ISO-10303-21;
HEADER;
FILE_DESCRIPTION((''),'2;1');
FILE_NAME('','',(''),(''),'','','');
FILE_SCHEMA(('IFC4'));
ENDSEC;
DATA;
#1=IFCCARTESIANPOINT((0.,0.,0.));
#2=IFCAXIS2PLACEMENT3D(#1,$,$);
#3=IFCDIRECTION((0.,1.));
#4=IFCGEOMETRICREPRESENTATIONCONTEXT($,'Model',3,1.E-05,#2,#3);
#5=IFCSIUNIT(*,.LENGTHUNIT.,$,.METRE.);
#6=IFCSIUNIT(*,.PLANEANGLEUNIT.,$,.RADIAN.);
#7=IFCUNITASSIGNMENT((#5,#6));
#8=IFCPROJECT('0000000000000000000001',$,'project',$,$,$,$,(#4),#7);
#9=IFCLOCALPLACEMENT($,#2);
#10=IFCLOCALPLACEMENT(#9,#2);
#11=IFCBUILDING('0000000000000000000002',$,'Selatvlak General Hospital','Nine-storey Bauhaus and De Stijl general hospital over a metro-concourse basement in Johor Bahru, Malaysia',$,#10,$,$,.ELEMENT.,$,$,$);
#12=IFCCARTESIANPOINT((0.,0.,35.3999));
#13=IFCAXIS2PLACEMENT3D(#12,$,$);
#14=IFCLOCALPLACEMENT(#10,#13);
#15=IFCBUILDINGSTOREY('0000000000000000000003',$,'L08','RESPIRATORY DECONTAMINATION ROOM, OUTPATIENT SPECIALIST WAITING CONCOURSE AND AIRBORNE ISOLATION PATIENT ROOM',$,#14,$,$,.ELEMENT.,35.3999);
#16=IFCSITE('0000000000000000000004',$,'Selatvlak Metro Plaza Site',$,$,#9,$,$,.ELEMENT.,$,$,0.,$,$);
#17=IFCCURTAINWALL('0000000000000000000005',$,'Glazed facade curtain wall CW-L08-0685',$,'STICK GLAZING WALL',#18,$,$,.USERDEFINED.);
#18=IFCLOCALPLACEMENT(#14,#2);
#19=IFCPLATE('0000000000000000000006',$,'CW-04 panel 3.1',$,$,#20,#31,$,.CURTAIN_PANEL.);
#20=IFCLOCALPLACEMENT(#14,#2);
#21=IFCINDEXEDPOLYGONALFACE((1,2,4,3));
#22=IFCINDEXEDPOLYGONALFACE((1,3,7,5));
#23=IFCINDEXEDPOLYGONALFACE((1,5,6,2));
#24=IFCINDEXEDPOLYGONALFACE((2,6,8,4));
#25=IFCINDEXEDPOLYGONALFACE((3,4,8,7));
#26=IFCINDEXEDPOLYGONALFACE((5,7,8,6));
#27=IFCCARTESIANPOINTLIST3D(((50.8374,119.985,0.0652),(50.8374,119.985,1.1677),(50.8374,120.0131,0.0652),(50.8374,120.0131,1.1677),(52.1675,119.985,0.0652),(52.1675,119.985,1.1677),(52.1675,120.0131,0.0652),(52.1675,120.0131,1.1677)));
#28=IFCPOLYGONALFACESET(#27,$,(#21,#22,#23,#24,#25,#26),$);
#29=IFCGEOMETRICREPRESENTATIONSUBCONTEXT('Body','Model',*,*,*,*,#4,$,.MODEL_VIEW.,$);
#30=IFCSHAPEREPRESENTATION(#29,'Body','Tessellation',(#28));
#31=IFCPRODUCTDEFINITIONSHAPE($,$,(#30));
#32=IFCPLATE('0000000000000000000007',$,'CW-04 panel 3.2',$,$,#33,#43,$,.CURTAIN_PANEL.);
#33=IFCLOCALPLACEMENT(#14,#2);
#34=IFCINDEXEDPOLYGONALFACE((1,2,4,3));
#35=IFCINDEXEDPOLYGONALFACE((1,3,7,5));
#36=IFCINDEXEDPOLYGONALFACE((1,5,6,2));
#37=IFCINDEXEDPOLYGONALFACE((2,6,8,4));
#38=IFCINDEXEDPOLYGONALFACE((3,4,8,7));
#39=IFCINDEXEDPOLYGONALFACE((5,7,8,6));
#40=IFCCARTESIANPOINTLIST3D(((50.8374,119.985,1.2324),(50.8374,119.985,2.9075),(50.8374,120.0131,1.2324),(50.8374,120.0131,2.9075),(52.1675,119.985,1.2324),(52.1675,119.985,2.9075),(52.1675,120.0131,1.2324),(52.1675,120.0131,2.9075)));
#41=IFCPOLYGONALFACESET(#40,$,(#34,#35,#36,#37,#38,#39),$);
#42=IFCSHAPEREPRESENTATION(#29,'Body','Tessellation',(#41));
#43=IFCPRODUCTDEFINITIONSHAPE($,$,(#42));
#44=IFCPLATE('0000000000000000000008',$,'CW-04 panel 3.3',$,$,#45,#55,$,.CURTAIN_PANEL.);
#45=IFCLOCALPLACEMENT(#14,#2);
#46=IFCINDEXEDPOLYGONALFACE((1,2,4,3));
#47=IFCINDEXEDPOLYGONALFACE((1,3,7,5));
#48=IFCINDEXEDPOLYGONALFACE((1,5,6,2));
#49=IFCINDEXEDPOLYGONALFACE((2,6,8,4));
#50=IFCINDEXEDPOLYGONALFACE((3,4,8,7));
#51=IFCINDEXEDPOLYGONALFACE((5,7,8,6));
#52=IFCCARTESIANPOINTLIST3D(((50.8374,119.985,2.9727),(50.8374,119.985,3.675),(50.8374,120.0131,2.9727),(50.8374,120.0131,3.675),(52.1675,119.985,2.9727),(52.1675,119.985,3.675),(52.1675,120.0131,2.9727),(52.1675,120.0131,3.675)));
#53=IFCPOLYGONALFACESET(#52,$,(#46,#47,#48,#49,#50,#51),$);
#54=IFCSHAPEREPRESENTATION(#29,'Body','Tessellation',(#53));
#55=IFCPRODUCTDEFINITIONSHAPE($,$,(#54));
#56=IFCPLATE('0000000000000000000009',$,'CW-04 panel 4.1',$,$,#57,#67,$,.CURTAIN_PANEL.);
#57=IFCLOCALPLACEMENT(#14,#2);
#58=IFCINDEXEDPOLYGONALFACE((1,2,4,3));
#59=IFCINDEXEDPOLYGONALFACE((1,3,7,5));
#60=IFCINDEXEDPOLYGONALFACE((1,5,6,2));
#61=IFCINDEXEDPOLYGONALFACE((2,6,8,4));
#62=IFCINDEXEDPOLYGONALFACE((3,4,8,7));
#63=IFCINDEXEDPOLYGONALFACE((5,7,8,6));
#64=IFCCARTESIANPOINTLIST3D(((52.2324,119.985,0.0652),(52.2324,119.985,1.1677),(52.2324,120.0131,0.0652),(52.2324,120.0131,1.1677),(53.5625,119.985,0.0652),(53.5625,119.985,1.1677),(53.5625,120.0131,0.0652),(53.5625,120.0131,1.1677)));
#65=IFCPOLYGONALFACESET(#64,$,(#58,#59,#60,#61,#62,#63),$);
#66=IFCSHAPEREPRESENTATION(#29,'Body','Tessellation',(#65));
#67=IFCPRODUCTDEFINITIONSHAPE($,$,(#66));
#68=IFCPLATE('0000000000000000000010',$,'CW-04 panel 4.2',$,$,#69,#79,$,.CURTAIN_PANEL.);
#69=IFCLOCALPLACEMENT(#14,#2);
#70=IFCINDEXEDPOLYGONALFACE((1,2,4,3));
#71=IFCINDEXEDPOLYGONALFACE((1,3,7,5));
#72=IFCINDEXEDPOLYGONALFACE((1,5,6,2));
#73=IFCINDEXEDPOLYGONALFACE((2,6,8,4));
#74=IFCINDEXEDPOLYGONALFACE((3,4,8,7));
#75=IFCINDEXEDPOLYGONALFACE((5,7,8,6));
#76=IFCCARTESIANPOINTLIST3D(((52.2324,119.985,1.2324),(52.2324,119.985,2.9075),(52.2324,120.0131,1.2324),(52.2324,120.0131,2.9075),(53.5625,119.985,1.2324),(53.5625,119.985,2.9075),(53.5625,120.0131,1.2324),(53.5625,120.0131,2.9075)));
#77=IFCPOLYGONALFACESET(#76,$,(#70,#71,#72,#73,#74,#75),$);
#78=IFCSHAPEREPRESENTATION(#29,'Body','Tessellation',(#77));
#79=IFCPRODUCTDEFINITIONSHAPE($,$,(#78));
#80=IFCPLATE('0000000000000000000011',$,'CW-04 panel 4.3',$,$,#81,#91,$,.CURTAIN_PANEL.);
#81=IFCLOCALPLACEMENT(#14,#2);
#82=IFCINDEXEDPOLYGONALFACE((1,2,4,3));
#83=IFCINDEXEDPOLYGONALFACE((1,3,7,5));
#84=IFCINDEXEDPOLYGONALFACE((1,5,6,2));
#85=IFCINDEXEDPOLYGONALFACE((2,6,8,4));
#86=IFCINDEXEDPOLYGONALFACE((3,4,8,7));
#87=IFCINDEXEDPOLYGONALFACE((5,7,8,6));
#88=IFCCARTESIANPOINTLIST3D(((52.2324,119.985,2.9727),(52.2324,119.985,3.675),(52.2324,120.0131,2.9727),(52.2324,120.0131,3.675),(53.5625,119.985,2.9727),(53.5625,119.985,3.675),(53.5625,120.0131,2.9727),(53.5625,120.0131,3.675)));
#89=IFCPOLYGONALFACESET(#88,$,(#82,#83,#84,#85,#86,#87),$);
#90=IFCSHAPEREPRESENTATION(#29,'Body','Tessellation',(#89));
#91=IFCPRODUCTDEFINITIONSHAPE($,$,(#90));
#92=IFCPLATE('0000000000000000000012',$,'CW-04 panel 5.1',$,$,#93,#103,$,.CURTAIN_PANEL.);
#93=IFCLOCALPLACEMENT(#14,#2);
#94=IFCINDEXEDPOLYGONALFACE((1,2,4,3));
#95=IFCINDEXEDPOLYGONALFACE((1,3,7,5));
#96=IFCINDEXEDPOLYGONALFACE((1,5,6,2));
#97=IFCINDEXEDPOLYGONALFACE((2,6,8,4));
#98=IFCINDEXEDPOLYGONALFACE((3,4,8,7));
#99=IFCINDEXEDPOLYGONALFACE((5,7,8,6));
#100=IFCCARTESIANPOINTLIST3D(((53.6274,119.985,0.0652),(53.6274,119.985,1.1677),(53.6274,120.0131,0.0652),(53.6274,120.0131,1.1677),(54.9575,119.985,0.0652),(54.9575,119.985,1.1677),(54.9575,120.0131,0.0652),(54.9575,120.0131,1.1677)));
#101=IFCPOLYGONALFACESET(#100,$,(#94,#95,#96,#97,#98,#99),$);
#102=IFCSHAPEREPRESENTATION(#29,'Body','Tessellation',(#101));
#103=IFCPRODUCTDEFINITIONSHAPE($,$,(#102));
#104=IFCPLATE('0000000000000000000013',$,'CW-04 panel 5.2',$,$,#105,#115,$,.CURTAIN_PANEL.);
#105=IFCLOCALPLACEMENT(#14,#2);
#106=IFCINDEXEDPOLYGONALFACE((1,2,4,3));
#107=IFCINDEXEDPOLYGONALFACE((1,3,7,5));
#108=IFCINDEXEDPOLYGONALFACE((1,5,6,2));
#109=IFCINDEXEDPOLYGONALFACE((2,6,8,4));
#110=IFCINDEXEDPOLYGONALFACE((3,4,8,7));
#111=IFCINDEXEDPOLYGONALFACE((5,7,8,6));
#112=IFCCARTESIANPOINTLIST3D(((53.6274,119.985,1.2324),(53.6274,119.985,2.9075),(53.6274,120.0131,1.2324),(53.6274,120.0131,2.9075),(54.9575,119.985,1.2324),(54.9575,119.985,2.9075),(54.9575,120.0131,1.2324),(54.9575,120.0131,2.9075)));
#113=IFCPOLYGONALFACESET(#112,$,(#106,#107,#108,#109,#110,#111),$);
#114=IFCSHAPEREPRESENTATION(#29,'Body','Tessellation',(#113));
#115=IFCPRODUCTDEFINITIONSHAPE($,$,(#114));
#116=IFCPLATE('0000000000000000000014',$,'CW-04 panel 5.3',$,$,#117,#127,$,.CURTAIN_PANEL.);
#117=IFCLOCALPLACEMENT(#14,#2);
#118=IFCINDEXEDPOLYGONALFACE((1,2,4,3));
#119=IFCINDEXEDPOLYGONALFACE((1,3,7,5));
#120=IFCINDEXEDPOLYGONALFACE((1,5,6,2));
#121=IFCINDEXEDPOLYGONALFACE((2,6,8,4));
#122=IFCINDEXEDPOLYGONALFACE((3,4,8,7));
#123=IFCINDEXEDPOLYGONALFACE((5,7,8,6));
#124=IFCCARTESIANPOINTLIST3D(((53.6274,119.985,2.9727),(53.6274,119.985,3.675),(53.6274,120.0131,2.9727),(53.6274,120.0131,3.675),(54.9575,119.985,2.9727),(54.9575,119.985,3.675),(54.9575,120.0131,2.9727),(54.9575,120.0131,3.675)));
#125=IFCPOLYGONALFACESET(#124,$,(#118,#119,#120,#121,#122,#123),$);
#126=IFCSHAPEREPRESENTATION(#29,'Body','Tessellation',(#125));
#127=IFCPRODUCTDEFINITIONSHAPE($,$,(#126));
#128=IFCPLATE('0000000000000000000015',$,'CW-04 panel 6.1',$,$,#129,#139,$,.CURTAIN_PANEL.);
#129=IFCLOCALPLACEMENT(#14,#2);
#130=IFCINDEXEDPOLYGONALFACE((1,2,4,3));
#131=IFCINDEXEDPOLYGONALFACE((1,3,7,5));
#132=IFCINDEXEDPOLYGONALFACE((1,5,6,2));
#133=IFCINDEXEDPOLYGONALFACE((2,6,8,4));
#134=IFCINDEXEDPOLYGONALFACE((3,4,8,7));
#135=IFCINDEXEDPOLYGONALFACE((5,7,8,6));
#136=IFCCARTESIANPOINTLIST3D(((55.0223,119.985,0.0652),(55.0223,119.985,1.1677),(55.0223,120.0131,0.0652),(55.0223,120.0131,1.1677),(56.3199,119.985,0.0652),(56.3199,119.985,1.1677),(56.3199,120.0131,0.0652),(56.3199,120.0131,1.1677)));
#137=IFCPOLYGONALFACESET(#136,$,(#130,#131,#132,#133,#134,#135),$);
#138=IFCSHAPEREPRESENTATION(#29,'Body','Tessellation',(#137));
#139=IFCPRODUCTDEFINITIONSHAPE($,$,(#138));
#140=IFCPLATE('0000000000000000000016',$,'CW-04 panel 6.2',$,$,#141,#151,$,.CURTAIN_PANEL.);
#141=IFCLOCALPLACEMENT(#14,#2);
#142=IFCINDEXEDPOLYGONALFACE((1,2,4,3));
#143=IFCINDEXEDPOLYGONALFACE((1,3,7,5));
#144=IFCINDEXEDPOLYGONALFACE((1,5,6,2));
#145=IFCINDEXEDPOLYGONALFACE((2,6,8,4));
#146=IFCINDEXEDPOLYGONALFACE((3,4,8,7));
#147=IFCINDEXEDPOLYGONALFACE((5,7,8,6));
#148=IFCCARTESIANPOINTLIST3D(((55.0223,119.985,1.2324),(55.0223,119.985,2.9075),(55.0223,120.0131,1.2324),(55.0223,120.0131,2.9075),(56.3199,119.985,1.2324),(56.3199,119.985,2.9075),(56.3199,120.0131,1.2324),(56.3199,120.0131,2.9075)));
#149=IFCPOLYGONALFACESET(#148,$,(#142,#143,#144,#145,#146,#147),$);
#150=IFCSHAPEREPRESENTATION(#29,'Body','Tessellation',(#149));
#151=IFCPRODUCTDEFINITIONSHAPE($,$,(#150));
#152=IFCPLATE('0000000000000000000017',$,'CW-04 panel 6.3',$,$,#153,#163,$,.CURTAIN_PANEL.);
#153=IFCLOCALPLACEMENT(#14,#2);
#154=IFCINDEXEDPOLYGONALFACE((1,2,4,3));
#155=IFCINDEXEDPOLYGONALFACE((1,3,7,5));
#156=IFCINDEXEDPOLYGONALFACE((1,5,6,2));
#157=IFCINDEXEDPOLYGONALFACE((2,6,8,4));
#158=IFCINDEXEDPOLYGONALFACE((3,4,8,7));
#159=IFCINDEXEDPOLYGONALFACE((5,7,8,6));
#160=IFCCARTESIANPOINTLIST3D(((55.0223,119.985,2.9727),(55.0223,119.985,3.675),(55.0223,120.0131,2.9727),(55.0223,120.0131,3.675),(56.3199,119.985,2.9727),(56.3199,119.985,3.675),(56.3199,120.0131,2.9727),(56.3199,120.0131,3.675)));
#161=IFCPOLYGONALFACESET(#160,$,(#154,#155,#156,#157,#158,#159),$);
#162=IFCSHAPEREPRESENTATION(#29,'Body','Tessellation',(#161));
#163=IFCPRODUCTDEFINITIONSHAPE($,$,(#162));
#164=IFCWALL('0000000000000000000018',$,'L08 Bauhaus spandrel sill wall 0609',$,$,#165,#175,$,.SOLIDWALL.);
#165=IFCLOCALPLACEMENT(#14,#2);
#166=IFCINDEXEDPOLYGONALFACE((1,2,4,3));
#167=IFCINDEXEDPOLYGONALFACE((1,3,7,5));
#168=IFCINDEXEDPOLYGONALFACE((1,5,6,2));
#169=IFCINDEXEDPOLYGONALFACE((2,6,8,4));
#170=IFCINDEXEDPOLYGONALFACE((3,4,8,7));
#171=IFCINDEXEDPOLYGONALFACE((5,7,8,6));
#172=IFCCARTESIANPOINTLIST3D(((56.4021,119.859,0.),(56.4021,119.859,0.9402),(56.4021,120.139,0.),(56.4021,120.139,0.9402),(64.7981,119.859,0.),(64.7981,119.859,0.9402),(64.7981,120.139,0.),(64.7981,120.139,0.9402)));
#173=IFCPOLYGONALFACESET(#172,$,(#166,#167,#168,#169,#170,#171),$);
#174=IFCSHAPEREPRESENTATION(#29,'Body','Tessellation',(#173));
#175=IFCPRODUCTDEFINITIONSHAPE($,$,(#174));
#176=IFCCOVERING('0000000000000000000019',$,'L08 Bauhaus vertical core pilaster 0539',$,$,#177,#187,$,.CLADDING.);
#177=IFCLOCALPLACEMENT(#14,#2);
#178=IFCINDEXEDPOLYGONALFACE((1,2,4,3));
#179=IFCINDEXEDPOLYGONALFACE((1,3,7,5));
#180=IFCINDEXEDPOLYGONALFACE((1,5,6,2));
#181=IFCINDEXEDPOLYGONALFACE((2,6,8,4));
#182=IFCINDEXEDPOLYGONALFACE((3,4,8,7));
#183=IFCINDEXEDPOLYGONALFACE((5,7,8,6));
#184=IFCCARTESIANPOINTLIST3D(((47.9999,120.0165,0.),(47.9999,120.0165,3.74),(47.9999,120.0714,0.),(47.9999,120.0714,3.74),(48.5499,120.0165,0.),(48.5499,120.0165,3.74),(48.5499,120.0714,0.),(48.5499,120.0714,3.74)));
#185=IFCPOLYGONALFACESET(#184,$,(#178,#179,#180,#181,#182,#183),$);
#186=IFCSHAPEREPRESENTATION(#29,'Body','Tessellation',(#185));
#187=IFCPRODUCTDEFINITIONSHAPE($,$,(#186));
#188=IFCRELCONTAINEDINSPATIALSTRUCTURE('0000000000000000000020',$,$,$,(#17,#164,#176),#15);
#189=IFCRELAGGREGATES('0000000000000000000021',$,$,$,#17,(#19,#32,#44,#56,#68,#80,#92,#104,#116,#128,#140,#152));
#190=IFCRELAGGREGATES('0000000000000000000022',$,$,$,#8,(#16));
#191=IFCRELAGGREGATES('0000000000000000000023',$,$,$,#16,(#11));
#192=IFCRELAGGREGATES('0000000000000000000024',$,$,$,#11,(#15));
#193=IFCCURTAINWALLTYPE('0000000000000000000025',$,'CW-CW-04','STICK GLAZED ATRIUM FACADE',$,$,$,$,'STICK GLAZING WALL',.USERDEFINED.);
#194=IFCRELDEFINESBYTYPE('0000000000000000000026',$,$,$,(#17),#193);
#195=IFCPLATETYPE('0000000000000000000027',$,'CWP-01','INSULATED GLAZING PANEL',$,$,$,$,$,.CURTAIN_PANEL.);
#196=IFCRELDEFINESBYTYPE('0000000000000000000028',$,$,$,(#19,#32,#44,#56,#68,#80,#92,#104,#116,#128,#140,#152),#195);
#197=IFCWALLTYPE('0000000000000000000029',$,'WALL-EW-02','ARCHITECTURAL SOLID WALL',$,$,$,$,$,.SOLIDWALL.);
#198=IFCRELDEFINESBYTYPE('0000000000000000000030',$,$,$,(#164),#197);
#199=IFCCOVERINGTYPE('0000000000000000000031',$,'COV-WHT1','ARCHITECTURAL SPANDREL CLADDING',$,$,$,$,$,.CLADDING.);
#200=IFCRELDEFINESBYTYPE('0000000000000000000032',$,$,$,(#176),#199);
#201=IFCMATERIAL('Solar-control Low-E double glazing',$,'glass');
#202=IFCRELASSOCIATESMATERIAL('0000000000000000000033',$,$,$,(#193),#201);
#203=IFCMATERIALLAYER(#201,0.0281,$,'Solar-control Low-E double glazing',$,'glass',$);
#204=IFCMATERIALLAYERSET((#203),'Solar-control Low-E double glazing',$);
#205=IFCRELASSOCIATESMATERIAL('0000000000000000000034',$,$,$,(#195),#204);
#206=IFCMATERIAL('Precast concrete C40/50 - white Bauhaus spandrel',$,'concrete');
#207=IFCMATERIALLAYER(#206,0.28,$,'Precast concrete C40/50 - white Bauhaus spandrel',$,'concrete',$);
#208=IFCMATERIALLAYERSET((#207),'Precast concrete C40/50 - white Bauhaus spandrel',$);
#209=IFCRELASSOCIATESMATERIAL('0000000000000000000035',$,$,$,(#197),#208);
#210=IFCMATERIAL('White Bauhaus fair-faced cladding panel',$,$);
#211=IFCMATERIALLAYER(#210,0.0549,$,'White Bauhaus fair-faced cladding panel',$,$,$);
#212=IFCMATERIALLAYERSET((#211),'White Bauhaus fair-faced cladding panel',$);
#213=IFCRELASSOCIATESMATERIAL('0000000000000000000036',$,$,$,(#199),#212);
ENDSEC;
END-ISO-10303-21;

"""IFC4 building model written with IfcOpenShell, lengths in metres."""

from ifc_helpers import new_model, si_unit, direction, frame, frame_2d, origin, origin_2d, place, context, subcontext, project, spatial, rectangle, extrude, material, layer, layer_set, type_object, element, aggregate, save


model = new_model("IFC4")

# Units and contexts
model_context = context("Model", 3, precision=1e-05, world=origin(), true_north=direction((0.0, 1.0)))
body_context = subcontext(model_context, "Body", "Model", "MODEL_VIEW")
ifc_project = project(units=[si_unit("LENGTHUNIT", "METRE"), si_unit("PLANEANGLEUNIT", "RADIAN")], contexts=[model_context])

# Site, building, storey
site_placement = place(None, origin())
site = spatial("IfcSite", under=ifc_project, at=site_placement, Name="Selatvlak Metro Plaza Site", CompositionType="ELEMENT", RefElevation=0.0)
building_placement = place(site_placement, origin())
building = spatial("IfcBuilding", under=site, at=building_placement, Name="Selatvlak General Hospital", Description="Nine-storey Bauhaus and De Stijl general hospital over a metro-concourse basement in Johor Bahru, Malaysia", CompositionType="ELEMENT")
storey_placement = place(building_placement, frame((0.0, 0.0, 35.3999)))
storey = spatial("IfcBuildingStorey", under=building, at=storey_placement, Name="L08", Description="RESPIRATORY DECONTAMINATION ROOM, OUTPATIENT SPECIALIST WAITING CONCOURSE AND AIRBORNE ISOLATION PATIENT ROOM", CompositionType="ELEMENT", Elevation=35.3999)

# Shared definitions
ifc_material_1 = material(Name="Solar-control Low-E double glazing", Category="glass")

# Curtain wall
curtain_wall_type_1 = type_object("IfcCurtainWallType", Name="CW-CW-04", Description="STICK GLAZED ATRIUM FACADE", ElementType="STICK GLAZING WALL", PredefinedType="USERDEFINED", material=ifc_material_1)
curtain_wall_1_placement = place(storey_placement, origin())
curtain_wall_1 = element("IfcCurtainWall", 1, at=curtain_wall_1_placement, inside=storey, type_object=curtain_wall_type_1, Name="Glazed facade curtain wall CW-L08-0685", ObjectType="STICK GLAZING WALL", PredefinedType="USERDEFINED")

# Plates
ifc_layer_1 = layer(ifc_material_1, 0.0281, Name="Solar-control Low-E double glazing", Category="glass")
ifc_layer_set_1 = layer_set([ifc_layer_1], Name="Solar-control Low-E double glazing")
plate_type = type_object("IfcPlateType", Name="CWP-01", Description="INSULATED GLAZING PANEL", PredefinedType="CURTAIN_PANEL", material=ifc_layer_set_1)
plate_1_placement = place(storey_placement, frame((51.5024, 119.999, 0.0652), z_axis=(0.0, 0.0, 1.0), x_axis=(1.0, 0.0, 0.0)))
plate_1 = element("IfcPlate", 2, at=plate_1_placement, type_object=plate_type, Name="CW-04 panel 3.1", PredefinedType="CURTAIN_PANEL", context=body_context, shape_type="SweptSolid", body=[
    extrude(rectangle(XDim=1.3301, YDim=0.0281, at=origin_2d()), origin(), (0.0, 0.0, 1.0), 1.1025),
])
plate_2_placement = place(storey_placement, frame((51.5024, 119.999, 1.2324), z_axis=(0.0, 0.0, 1.0), x_axis=(1.0, 0.0, 0.0)))
plate_2 = element("IfcPlate", 3, at=plate_2_placement, type_object=plate_type, Name="CW-04 panel 3.2", PredefinedType="CURTAIN_PANEL", context=body_context, shape_type="SweptSolid", body=[
    extrude(rectangle(XDim=1.3301, YDim=0.0281, at=origin_2d()), origin(), (0.0, 0.0, 1.0), 1.675),
])
plate_3_placement = place(storey_placement, frame((51.5024, 119.999, 2.9727), z_axis=(0.0, 0.0, 1.0), x_axis=(1.0, 0.0, 0.0)))
plate_3 = element("IfcPlate", 4, at=plate_3_placement, type_object=plate_type, Name="CW-04 panel 3.3", PredefinedType="CURTAIN_PANEL", context=body_context, shape_type="SweptSolid", body=[
    extrude(rectangle(XDim=1.3301, YDim=0.0281, at=origin_2d()), origin(), (0.0, 0.0, 1.0), 0.7024),
])
plate_4_placement = place(storey_placement, frame((52.8975, 119.999, 0.0652), z_axis=(0.0, 0.0, 1.0), x_axis=(1.0, 0.0, 0.0)))
plate_4 = element("IfcPlate", 5, at=plate_4_placement, type_object=plate_type, Name="CW-04 panel 4.1", PredefinedType="CURTAIN_PANEL", context=body_context, shape_type="SweptSolid", body=[
    extrude(rectangle(XDim=1.3301, YDim=0.0281, at=origin_2d()), origin(), (0.0, 0.0, 1.0), 1.1025),
])
plate_5_placement = place(storey_placement, frame((52.8975, 119.999, 1.2324), z_axis=(0.0, 0.0, 1.0), x_axis=(1.0, 0.0, 0.0)))
plate_5 = element("IfcPlate", 6, at=plate_5_placement, type_object=plate_type, Name="CW-04 panel 4.2", PredefinedType="CURTAIN_PANEL", context=body_context, shape_type="SweptSolid", body=[
    extrude(rectangle(XDim=1.3301, YDim=0.0281, at=origin_2d()), origin(), (0.0, 0.0, 1.0), 1.675),
])
plate_6_placement = place(storey_placement, frame((52.8975, 119.999, 2.9727), z_axis=(0.0, 0.0, 1.0), x_axis=(1.0, 0.0, 0.0)))
plate_6 = element("IfcPlate", 7, at=plate_6_placement, type_object=plate_type, Name="CW-04 panel 4.3", PredefinedType="CURTAIN_PANEL", context=body_context, shape_type="SweptSolid", body=[
    extrude(rectangle(XDim=1.3301, YDim=0.0281, at=origin_2d()), origin(), (0.0, 0.0, 1.0), 0.7024),
])
plate_7_placement = place(storey_placement, frame((54.2925, 119.999, 0.0652), z_axis=(0.0, 0.0, 1.0), x_axis=(1.0, 0.0, 0.0)))
plate_7 = element("IfcPlate", 8, at=plate_7_placement, type_object=plate_type, Name="CW-04 panel 5.1", PredefinedType="CURTAIN_PANEL", context=body_context, shape_type="SweptSolid", body=[
    extrude(rectangle(XDim=1.3301, YDim=0.0281, at=origin_2d()), origin(), (0.0, 0.0, 1.0), 1.1025),
])
plate_8_placement = place(storey_placement, frame((54.2925, 119.999, 1.2324), z_axis=(0.0, 0.0, 1.0), x_axis=(1.0, 0.0, 0.0)))
plate_8 = element("IfcPlate", 9, at=plate_8_placement, type_object=plate_type, Name="CW-04 panel 5.2", PredefinedType="CURTAIN_PANEL", context=body_context, shape_type="SweptSolid", body=[
    extrude(rectangle(XDim=1.3301, YDim=0.0281, at=origin_2d()), origin(), (0.0, 0.0, 1.0), 1.675),
])
plate_9_placement = place(storey_placement, frame((54.2925, 119.999, 2.9727), z_axis=(0.0, 0.0, 1.0), x_axis=(1.0, 0.0, 0.0)))
plate_9 = element("IfcPlate", 10, at=plate_9_placement, type_object=plate_type, Name="CW-04 panel 5.3", PredefinedType="CURTAIN_PANEL", context=body_context, shape_type="SweptSolid", body=[
    extrude(rectangle(XDim=1.3301, YDim=0.0281, at=origin_2d()), origin(), (0.0, 0.0, 1.0), 0.7024),
])
plate_10_placement = place(storey_placement, frame((55.6711, 119.999, 0.0652), z_axis=(0.0, 0.0, 1.0), x_axis=(1.0, 0.0, 0.0)))
plate_10 = element("IfcPlate", 11, at=plate_10_placement, type_object=plate_type, Name="CW-04 panel 6.1", PredefinedType="CURTAIN_PANEL", context=body_context, shape_type="SweptSolid", body=[
    extrude(rectangle(XDim=1.2976, YDim=0.0281, at=origin_2d()), origin(), (0.0, 0.0, 1.0), 1.1025),
])
plate_11_placement = place(storey_placement, frame((55.6711, 119.999, 1.2324), z_axis=(0.0, 0.0, 1.0), x_axis=(1.0, 0.0, 0.0)))
plate_11 = element("IfcPlate", 12, at=plate_11_placement, type_object=plate_type, Name="CW-04 panel 6.2", PredefinedType="CURTAIN_PANEL", context=body_context, shape_type="SweptSolid", body=[
    extrude(rectangle(XDim=1.2976, YDim=0.0281, at=origin_2d()), origin(), (0.0, 0.0, 1.0), 1.675),
])
plate_12_placement = place(storey_placement, frame((55.6711, 119.999, 2.9727), z_axis=(0.0, 0.0, 1.0), x_axis=(1.0, 0.0, 0.0)))
plate_12 = element("IfcPlate", 13, at=plate_12_placement, type_object=plate_type, Name="CW-04 panel 6.3", PredefinedType="CURTAIN_PANEL", context=body_context, shape_type="SweptSolid", body=[
    extrude(rectangle(XDim=1.2976, YDim=0.0281, at=origin_2d()), origin(), (0.0, 0.0, 1.0), 0.7024),
])
aggregate(curtain_wall_1, [plate_1, plate_2, plate_3, plate_4, plate_5, plate_6, plate_7, plate_8, plate_9, plate_10, plate_11, plate_12])

# Wall
ifc_material_2 = material(Name="Precast concrete C40/50 - white Bauhaus spandrel", Category="concrete")
ifc_layer_2 = layer(ifc_material_2, 0.28, Name="Precast concrete C40/50 - white Bauhaus spandrel", Category="concrete")
ifc_layer_set_2 = layer_set([ifc_layer_2], Name="Precast concrete C40/50 - white Bauhaus spandrel")
wall_type = type_object("IfcWallType", Name="WALL-EW-02", Description="ARCHITECTURAL SOLID WALL", PredefinedType="SOLIDWALL", material=ifc_layer_set_2)
wall_placement = place(storey_placement, frame((56.4021, 119.999, 0.0), z_axis=(0.0, 0.0, 1.0), x_axis=(1.0, 0.0, 0.0)))
element("IfcWall", 14, at=wall_placement, inside=storey, type_object=wall_type, Name="L08 Bauhaus spandrel sill wall 0609", PredefinedType="SOLIDWALL", context=body_context, shape_type="SweptSolid", body=[
    extrude(rectangle(XDim=8.396, YDim=0.28, at=frame_2d((4.198, 0.0))), origin(), (0.0, 0.0, 1.0), 0.9402),
])

# Covering
ifc_material_3 = material(Name="White Bauhaus fair-faced cladding panel")
ifc_layer_3 = layer(ifc_material_3, 0.0549, Name="White Bauhaus fair-faced cladding panel")
ifc_layer_set_3 = layer_set([ifc_layer_3], Name="White Bauhaus fair-faced cladding panel")
covering_type = type_object("IfcCoveringType", Name="COV-WHT1", Description="ARCHITECTURAL SPANDREL CLADDING", PredefinedType="CLADDING", material=ifc_layer_set_3)
covering_placement = place(storey_placement, frame((48.2749, 120.0439, 0.0), z_axis=(0.0, 0.0, 1.0), x_axis=(1.0, 0.0, 0.0)))
element("IfcCovering", 15, at=covering_placement, inside=storey, type_object=covering_type, Name="L08 Bauhaus vertical core pilaster 0539", PredefinedType="CLADDING", context=body_context, shape_type="SweptSolid", body=[
    extrude(rectangle(XDim=0.55, YDim=0.0549, at=origin_2d()), origin(), (0.0, 0.0, 1.0), 3.74),
])

save(model, "model.ifc")
